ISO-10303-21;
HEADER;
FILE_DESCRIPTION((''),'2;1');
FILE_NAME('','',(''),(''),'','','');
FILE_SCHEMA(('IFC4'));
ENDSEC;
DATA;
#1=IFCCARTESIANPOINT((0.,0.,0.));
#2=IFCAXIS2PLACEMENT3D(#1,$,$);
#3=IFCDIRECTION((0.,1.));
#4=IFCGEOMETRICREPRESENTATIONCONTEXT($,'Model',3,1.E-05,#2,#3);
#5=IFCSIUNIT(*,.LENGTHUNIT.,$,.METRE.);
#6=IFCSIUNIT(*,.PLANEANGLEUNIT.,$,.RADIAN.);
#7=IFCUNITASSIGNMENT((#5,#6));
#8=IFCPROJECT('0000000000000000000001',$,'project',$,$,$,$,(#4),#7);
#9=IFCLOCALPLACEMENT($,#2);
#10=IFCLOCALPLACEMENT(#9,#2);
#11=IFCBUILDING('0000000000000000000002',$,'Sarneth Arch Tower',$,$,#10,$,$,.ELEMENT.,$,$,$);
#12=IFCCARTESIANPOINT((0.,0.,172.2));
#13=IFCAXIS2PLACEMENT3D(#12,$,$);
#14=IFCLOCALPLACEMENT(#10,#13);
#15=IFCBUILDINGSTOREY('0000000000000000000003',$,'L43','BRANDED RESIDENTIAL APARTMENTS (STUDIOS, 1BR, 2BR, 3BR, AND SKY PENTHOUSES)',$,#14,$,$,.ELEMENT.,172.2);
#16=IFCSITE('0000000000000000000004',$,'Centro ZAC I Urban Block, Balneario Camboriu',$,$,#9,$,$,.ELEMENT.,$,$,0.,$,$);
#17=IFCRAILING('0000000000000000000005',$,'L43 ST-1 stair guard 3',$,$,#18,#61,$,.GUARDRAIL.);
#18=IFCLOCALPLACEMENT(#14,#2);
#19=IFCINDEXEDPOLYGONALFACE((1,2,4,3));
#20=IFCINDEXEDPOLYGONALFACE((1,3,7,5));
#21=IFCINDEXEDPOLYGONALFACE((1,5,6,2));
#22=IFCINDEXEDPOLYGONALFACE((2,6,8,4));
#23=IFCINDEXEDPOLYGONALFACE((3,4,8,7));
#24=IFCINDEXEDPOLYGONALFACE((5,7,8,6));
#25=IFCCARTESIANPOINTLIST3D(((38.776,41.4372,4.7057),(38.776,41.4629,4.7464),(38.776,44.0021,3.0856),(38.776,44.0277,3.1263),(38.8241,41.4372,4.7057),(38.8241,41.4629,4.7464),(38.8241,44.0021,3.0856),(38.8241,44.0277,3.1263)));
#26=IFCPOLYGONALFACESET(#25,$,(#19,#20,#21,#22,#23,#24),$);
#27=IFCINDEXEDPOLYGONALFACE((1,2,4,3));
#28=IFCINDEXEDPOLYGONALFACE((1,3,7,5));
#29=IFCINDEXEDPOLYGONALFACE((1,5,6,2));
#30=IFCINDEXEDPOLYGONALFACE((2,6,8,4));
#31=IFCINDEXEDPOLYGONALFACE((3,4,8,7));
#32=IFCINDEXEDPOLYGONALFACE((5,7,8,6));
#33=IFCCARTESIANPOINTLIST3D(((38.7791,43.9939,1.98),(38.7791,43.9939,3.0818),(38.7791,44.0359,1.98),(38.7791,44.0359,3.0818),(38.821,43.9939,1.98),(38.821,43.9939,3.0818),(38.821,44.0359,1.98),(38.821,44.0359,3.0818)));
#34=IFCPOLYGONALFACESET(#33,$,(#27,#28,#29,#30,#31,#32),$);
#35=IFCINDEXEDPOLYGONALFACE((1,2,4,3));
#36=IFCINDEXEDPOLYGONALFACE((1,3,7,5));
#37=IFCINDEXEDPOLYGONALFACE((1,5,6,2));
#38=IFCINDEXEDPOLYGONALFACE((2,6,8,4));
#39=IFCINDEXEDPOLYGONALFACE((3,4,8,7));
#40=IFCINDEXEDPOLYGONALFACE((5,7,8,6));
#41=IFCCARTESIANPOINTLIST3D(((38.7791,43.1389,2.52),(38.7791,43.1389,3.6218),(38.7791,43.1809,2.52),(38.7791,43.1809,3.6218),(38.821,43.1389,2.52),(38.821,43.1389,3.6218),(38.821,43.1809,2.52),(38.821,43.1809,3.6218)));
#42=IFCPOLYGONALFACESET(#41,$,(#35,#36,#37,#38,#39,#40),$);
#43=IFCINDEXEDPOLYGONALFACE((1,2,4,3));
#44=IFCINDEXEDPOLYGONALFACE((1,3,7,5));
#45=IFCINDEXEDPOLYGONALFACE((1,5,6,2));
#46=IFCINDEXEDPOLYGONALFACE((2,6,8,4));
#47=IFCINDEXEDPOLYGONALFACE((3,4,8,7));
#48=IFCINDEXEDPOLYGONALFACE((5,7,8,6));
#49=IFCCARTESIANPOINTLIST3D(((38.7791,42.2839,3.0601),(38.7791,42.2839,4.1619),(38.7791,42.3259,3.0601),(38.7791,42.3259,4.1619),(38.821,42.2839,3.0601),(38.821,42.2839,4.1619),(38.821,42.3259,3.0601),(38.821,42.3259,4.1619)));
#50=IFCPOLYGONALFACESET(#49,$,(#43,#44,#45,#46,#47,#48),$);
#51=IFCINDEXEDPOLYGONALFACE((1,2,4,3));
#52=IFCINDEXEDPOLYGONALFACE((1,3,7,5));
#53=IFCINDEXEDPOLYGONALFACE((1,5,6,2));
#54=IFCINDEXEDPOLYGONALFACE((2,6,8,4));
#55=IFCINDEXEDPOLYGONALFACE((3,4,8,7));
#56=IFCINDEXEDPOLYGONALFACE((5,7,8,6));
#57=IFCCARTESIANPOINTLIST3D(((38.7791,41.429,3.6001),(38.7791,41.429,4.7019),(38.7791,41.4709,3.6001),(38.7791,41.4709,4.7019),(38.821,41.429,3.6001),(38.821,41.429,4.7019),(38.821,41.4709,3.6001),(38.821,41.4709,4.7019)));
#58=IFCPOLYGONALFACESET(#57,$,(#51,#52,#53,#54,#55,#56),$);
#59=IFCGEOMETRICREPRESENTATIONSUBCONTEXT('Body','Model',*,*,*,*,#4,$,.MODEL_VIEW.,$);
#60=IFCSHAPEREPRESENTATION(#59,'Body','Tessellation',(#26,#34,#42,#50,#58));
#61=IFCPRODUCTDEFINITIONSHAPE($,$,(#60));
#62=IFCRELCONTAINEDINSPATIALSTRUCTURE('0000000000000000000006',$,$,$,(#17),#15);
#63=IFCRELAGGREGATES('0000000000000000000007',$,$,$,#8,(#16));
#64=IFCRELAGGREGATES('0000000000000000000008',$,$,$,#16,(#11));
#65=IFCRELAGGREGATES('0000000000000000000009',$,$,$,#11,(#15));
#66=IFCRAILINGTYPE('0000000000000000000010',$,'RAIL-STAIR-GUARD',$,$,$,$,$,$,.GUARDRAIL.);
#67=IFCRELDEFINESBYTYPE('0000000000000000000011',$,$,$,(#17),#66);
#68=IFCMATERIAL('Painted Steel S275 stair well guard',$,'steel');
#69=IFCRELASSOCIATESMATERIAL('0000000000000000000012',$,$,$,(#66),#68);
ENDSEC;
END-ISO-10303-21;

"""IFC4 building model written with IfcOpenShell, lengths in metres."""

from ifc_helpers import new_model, si_unit, direction, frame, origin, origin_2d, place, context, subcontext, project, spatial, rectangle, extrude, material, type_object, element, save


model = new_model("IFC4")

# Units and contexts
model_context = context("Model", 3, precision=1e-05, world=origin(), true_north=direction((0.0, 1.0)))
body_context = subcontext(model_context, "Body", "Model", "MODEL_VIEW")
ifc_project = project(units=[si_unit("LENGTHUNIT", "METRE"), si_unit("PLANEANGLEUNIT", "RADIAN")], contexts=[model_context])

# Site, building, storey
site_placement = place(None, origin())
site = spatial("IfcSite", under=ifc_project, at=site_placement, Name="Centro ZAC I Urban Block, Balneario Camboriu", CompositionType="ELEMENT", RefElevation=0.0)
building_placement = place(site_placement, origin())
building = spatial("IfcBuilding", under=site, at=building_placement, Name="Sarneth Arch Tower", CompositionType="ELEMENT")
storey_placement = place(building_placement, frame((0.0, 0.0, 172.2)))
storey = spatial("IfcBuildingStorey", under=building, at=storey_placement, Name="L43", Description="BRANDED RESIDENTIAL APARTMENTS (STUDIOS, 1BR, 2BR, 3BR, AND SKY PENTHOUSES)", CompositionType="ELEMENT", Elevation=172.2)

# Railing
ifc_material_1 = material(Name="Painted Steel S275 stair well guard", Category="steel")
railing_type_1 = type_object("IfcRailingType", Name="RAIL-STAIR-GUARD", PredefinedType="GUARDRAIL", material=ifc_material_1)
railing_1_placement = place(storey_placement, frame((38.8, 44.0149, 1.98)))
element("IfcRailing", 1, at=railing_1_placement, inside=storey, type_object=railing_type_1, Name="L43 ST-1 stair guard 3", PredefinedType="GUARDRAIL", context=body_context, shape_type="SweptSolid", body=[
    extrude(rectangle(XDim=0.0481, YDim=0.0481, at=origin_2d()), frame((0.0, 0.0, 1.126), z_axis=(0.0, -0.845466, 0.534029), x_axis=(1.0, 0.0, 0.0)), (0.0, 0.0, 1.0), 3.0337),
    extrude(rectangle(XDim=0.042, YDim=0.042, at=origin_2d()), origin(), (0.0, 0.0, 1.0), 1.1018),
    extrude(rectangle(XDim=0.042, YDim=0.042, at=origin_2d()), frame((0.0, -0.855, 0.54)), (0.0, 0.0, 1.0), 1.1018),
    extrude(rectangle(XDim=0.042, YDim=0.042, at=origin_2d()), frame((0.0, -1.71, 1.0801)), (0.0, 0.0, 1.0), 1.1018),
    extrude(rectangle(XDim=0.042, YDim=0.042, at=origin_2d()), frame((0.0, -2.5649, 1.6201)), (0.0, 0.0, 1.0), 1.1018),
])

save(model, "model.ifc")
